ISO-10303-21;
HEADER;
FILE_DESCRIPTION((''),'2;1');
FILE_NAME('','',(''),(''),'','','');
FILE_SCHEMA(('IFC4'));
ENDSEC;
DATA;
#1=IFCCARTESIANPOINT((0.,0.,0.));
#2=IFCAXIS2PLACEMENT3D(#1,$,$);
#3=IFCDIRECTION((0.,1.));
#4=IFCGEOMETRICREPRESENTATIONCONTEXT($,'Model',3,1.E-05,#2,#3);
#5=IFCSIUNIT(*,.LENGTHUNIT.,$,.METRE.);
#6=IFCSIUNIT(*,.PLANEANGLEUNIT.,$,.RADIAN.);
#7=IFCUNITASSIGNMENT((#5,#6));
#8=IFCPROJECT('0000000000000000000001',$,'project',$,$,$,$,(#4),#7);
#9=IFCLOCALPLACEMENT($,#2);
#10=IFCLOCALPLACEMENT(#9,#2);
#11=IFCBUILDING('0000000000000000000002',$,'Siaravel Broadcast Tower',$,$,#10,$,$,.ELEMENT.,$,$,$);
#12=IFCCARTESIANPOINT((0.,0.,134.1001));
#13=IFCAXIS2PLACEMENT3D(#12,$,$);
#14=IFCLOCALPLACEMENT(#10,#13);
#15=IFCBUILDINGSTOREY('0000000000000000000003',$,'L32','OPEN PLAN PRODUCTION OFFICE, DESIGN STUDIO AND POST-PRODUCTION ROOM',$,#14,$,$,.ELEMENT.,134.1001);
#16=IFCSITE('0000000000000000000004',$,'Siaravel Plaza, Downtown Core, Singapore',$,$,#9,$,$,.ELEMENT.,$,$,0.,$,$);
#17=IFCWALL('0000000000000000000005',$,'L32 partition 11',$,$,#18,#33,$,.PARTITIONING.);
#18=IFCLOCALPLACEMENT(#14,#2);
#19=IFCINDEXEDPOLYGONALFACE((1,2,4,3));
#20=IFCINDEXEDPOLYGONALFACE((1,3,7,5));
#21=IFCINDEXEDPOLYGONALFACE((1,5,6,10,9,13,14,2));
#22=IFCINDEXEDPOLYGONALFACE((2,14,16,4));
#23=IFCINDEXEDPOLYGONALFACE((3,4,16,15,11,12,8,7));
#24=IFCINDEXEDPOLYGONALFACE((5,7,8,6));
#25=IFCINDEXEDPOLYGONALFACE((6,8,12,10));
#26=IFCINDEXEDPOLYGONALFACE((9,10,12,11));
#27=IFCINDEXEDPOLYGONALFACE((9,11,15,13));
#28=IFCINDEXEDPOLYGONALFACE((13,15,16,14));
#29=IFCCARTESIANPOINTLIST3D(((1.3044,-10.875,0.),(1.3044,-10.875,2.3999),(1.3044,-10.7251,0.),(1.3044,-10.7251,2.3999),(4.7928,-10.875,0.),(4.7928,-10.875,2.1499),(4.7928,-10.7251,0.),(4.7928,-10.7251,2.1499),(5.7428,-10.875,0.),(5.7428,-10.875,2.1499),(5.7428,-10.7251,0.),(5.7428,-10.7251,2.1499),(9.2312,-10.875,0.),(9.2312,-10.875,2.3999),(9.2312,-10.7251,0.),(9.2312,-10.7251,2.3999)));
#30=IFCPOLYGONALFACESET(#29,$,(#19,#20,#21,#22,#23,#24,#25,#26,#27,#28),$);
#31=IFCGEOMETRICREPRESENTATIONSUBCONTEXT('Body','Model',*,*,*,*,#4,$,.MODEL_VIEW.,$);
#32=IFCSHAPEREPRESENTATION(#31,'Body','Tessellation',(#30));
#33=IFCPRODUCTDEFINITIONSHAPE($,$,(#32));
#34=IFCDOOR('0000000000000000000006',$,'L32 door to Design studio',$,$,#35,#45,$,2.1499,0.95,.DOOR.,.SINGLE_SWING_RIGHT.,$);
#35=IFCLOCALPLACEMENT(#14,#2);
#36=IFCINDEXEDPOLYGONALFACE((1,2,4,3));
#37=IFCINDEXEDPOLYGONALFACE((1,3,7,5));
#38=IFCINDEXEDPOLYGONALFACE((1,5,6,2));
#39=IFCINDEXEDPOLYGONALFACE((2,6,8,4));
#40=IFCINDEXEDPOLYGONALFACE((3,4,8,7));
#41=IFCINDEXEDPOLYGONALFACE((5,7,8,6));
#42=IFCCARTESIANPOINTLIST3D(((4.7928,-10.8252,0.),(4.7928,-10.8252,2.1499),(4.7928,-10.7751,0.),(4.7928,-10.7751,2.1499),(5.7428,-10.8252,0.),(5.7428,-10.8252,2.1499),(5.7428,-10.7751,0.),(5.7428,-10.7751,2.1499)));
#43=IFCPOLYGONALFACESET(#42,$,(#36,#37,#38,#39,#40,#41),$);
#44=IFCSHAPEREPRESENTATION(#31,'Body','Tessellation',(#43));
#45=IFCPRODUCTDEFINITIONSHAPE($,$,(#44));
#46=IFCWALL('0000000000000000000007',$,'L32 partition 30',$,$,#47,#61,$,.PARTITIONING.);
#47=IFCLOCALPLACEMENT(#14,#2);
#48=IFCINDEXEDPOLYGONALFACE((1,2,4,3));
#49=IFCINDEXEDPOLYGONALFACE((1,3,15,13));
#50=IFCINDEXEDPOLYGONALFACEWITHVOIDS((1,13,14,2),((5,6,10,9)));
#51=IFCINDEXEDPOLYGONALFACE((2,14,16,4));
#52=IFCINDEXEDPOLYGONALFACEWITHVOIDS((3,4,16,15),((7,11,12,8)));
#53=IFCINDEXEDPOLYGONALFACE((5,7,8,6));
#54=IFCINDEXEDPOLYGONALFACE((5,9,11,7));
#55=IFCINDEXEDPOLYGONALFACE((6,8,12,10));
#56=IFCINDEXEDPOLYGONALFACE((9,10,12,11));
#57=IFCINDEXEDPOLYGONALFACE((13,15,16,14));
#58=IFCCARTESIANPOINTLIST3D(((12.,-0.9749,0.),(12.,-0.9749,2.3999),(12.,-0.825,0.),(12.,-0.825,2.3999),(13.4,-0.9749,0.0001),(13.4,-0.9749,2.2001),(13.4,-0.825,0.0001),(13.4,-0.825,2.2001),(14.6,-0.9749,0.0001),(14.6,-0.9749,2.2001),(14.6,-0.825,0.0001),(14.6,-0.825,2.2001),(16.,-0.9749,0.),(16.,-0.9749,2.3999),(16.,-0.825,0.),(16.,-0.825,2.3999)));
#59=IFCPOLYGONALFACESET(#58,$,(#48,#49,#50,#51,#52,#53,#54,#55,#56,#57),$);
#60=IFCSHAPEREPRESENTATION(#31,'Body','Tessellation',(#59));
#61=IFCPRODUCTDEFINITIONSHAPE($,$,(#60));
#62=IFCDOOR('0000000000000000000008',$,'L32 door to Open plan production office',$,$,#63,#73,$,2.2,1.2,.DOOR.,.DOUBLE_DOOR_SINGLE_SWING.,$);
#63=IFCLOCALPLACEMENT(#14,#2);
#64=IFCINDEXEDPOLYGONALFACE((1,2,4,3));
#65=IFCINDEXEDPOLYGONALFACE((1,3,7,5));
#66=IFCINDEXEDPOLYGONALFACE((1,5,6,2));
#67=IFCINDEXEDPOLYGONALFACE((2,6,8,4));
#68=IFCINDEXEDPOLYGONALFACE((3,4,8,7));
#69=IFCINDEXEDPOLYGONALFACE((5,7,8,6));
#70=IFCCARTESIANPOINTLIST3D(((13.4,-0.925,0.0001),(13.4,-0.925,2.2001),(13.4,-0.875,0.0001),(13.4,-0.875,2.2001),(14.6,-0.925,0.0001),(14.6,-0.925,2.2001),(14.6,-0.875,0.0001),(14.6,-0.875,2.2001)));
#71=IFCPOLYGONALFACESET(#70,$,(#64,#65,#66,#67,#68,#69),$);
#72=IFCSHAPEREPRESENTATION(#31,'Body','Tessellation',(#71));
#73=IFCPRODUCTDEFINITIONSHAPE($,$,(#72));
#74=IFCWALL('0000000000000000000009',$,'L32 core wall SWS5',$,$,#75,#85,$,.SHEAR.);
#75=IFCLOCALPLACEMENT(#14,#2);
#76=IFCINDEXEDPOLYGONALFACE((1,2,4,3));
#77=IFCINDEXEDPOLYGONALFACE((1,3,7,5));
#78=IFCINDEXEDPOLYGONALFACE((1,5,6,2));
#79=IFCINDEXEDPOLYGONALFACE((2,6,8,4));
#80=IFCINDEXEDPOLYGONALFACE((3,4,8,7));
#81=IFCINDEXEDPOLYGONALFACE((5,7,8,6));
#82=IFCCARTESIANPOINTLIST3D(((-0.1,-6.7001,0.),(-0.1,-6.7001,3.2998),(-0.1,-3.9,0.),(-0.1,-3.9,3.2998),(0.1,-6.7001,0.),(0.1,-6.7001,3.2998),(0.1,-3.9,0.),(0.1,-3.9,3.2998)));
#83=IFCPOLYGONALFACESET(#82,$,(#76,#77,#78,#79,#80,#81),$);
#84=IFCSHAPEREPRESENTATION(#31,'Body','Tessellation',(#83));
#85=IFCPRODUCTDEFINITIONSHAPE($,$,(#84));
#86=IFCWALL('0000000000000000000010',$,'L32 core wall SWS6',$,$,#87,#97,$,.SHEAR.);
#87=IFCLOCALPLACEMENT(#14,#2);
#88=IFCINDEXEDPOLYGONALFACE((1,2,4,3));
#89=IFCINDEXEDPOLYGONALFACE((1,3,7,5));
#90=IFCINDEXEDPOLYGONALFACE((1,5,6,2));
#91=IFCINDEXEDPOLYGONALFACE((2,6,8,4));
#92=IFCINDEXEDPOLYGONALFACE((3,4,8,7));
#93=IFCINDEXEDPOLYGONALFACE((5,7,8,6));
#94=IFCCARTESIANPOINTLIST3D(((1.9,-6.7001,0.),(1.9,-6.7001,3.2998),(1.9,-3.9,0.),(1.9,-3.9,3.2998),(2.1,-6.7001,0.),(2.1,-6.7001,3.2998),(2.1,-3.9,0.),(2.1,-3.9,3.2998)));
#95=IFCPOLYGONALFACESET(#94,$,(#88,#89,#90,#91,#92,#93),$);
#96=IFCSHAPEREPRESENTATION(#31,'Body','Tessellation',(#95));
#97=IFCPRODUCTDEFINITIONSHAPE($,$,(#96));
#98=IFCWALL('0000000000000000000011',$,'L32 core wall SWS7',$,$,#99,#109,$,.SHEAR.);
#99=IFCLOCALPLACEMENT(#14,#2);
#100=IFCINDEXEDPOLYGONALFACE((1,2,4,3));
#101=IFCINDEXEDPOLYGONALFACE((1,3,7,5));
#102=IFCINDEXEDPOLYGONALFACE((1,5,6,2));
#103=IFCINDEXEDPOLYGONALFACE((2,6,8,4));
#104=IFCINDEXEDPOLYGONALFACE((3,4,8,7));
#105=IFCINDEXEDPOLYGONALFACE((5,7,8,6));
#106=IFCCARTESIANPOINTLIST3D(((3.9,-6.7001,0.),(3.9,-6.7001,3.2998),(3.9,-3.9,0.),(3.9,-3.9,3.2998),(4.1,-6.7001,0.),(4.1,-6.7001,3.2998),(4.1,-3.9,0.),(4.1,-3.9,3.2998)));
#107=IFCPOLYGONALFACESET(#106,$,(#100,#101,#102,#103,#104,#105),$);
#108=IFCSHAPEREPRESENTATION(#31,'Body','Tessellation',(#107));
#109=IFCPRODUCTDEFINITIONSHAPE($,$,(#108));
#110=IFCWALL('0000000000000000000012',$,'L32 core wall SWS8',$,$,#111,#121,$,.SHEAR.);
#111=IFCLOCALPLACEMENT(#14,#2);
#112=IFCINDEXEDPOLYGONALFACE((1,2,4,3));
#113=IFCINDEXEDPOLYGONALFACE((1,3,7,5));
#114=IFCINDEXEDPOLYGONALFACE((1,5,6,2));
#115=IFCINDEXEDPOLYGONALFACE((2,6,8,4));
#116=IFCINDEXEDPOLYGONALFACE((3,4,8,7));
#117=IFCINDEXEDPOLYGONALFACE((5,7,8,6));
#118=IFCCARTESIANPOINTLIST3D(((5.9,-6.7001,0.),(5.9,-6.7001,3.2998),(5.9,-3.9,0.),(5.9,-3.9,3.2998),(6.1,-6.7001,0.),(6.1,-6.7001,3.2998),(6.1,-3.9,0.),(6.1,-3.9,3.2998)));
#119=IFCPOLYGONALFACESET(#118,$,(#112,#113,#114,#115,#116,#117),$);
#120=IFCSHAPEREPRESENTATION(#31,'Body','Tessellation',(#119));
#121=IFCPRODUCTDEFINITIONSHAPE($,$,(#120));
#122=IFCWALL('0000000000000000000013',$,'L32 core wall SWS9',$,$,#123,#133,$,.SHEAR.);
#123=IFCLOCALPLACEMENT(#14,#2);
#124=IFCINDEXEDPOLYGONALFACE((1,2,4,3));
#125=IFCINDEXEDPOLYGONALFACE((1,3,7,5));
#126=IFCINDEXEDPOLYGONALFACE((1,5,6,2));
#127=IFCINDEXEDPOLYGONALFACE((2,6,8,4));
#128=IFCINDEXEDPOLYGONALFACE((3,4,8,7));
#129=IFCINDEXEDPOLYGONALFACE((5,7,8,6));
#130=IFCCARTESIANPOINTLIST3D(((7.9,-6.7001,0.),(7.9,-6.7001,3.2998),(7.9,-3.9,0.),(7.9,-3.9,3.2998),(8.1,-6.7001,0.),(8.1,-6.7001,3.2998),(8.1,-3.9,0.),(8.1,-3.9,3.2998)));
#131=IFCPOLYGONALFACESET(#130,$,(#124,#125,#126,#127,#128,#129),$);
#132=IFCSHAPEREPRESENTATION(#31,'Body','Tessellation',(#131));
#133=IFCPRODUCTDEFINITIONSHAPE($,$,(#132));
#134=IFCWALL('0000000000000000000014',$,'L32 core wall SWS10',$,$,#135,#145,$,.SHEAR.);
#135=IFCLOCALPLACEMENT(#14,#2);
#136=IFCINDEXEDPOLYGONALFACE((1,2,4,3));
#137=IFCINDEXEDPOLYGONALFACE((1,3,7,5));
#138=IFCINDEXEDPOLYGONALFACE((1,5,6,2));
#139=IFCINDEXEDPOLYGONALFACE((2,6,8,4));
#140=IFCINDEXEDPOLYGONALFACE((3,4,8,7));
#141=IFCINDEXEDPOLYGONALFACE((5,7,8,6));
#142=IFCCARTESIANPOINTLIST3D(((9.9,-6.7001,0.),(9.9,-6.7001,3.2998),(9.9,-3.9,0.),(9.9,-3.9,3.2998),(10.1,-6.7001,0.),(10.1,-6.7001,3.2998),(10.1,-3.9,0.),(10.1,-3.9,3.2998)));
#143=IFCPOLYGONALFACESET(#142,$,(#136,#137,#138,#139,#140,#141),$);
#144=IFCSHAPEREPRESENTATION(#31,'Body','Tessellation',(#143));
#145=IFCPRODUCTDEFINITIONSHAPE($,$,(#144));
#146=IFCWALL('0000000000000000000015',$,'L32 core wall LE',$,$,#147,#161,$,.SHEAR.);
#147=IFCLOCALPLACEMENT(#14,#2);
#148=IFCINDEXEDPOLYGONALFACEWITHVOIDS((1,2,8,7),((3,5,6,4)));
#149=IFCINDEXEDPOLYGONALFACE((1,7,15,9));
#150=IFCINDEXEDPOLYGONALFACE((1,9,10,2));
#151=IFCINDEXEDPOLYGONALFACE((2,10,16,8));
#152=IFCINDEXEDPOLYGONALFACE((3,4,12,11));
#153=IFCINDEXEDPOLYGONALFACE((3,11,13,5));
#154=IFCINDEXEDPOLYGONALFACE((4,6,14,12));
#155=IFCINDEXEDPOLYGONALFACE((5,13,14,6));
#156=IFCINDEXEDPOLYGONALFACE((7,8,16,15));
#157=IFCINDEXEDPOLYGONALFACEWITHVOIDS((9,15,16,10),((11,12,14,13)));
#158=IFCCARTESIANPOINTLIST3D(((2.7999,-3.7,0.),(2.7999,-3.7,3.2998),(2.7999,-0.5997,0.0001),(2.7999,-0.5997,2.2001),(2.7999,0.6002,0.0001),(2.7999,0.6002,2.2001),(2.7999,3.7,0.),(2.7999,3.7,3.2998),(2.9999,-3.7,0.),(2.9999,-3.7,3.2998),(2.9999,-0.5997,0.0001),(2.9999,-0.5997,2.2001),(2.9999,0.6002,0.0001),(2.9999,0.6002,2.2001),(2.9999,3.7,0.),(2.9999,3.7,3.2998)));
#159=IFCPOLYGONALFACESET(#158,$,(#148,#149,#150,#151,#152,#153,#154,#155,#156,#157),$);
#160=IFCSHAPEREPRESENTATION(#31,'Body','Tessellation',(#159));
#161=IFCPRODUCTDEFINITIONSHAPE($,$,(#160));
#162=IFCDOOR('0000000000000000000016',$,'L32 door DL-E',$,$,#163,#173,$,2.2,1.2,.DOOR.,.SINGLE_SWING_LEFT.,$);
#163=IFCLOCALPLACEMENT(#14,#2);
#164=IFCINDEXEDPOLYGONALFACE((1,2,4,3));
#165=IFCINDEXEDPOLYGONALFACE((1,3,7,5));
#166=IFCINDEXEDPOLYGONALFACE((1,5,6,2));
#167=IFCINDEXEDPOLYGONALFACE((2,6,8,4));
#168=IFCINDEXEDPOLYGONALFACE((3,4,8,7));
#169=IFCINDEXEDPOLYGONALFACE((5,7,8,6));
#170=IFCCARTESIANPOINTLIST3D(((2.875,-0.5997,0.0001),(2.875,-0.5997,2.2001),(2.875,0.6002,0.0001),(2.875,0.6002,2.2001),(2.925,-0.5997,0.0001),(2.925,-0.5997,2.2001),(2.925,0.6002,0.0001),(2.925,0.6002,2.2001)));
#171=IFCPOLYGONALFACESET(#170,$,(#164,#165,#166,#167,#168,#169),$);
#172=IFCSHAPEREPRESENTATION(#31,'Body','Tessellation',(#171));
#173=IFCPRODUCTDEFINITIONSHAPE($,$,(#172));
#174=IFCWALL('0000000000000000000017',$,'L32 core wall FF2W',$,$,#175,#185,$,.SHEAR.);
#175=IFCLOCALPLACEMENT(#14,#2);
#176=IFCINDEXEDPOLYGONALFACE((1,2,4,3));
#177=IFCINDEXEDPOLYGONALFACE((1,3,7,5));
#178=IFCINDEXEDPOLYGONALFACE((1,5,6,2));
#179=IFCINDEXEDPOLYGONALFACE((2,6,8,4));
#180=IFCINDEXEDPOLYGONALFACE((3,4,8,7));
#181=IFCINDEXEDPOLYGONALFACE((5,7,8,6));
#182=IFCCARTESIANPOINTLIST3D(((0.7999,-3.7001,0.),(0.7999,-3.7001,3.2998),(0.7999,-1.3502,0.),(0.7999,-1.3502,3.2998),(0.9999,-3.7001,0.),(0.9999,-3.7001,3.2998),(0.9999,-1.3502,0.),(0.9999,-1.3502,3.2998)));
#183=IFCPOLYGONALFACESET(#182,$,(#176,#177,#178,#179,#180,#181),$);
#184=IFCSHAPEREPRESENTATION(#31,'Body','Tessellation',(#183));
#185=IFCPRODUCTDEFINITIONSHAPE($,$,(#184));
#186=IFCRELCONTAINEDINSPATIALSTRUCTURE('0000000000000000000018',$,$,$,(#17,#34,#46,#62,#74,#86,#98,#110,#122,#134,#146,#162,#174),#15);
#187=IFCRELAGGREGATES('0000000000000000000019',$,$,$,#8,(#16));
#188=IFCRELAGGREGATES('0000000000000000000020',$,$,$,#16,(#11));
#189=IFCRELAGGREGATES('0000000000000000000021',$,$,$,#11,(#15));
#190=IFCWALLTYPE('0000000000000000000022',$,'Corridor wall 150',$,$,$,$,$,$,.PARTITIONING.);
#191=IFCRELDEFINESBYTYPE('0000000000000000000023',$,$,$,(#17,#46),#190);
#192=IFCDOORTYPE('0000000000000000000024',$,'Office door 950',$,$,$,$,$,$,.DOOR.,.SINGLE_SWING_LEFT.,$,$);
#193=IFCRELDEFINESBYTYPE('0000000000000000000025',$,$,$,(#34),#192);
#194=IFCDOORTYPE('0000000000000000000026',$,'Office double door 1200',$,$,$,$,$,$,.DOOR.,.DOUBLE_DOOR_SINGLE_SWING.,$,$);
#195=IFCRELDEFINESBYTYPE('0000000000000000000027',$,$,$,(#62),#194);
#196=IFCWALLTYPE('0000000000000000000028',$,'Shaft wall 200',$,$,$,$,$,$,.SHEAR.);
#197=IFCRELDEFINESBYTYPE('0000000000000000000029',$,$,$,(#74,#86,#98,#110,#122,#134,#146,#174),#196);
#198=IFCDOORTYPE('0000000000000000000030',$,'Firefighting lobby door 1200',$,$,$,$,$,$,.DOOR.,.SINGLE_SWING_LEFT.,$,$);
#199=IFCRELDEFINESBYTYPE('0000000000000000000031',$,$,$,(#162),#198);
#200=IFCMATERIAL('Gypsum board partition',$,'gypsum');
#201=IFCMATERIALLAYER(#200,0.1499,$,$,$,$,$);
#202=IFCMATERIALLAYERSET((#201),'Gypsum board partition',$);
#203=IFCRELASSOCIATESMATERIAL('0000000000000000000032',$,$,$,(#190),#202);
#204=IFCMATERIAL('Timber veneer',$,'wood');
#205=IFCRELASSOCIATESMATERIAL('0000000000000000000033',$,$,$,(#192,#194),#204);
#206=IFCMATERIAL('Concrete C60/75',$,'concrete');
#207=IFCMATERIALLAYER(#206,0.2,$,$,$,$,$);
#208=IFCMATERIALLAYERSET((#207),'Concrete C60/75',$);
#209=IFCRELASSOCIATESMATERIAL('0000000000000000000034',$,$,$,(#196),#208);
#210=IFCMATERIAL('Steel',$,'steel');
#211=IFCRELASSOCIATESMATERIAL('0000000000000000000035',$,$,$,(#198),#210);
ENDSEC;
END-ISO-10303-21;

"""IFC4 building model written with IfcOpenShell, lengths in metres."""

from ifc_helpers import new_model, si_unit, direction, frame, frame_2d, origin, place, context, subcontext, project, spatial, rectangle, extrude, material, layer, layer_set, type_object, element, fill, save


model = new_model("IFC4")

# Units and contexts
model_context = context("Model", 3, precision=1e-05, world=origin(), true_north=direction((0.0, 1.0)))
body_context = subcontext(model_context, "Body", "Model", "MODEL_VIEW")
ifc_project = project(units=[si_unit("LENGTHUNIT", "METRE"), si_unit("PLANEANGLEUNIT", "RADIAN")], contexts=[model_context])

# Site, building, storey
site_placement = place(None, origin())
site = spatial("IfcSite", under=ifc_project, at=site_placement, Name="Siaravel Plaza, Downtown Core, Singapore", CompositionType="ELEMENT", RefElevation=0.0)
building_placement = place(site_placement, origin())
building = spatial("IfcBuilding", under=site, at=building_placement, Name="Siaravel Broadcast Tower", CompositionType="ELEMENT")
storey_placement = place(building_placement, frame((0.0, 0.0, 134.1001)))
storey = spatial("IfcBuildingStorey", under=building, at=storey_placement, Name="L32", Description="OPEN PLAN PRODUCTION OFFICE, DESIGN STUDIO AND POST-PRODUCTION ROOM", CompositionType="ELEMENT", Elevation=134.1001)

# Shared definitions
ifc_material_1 = material(Name="Concrete C60/75", Category="concrete")
ifc_material_2 = material(Name="Steel", Category="steel")

# Shared definitions
ifc_material_3 = material(Name="Gypsum board partition", Category="gypsum")
ifc_layer_1 = layer(ifc_material_3, 0.1499)
ifc_layer_set_1 = layer_set([ifc_layer_1], Name="Gypsum board partition")
wall_type_1 = type_object("IfcWallType", Name="Corridor wall 150", PredefinedType="PARTITIONING", material=ifc_layer_set_1)
ifc_material_4 = material(Name="Timber veneer", Category="wood")

# Walls, openings, doors
wall_1_placement = place(storey_placement, frame((1.3044, -10.8, 0.0), z_axis=(0.0, 0.0, 1.0), x_axis=(1.0, 0.0, 0.0)))
wall_1 = element("IfcWall", 1, at=wall_1_placement, inside=storey, type_object=wall_type_1, Name="L32 partition 11", PredefinedType="PARTITIONING", context=body_context, shape_type="SweptSolid", body=[
    extrude(rectangle(XDim=7.9268, YDim=0.1499, at=frame_2d((3.9634, 0.0))), origin(), (0.0, 0.0, 1.0), 2.3999),
])
opening_1_placement = place(wall_1_placement, frame((3.4883, 0.0, 0.0)))
opening_1 = element("IfcOpeningElement", 2, at=opening_1_placement, cuts=wall_1, PredefinedType="OPENING", context=body_context, shape_type="SweptSolid", body=[
    extrude(rectangle(XDim=0.95, YDim=2.1499, at=frame_2d((0.4751, 1.075))), frame((0.0, 0.085, 0.0), z_axis=(0.0, -1.0, 0.0), x_axis=(1.0, 0.0, 0.0)), (0.0, 0.0, 1.0), 0.1699),
])
door_type_1 = type_object("IfcDoorType", Name="Office door 950", OperationType="SINGLE_SWING_LEFT", PredefinedType="DOOR", material=ifc_material_4)
door_1_placement = place(opening_1_placement, origin())
door_1 = element("IfcDoor", 3, at=door_1_placement, inside=storey, type_object=door_type_1, Name="L32 door to Design studio", OperationType="SINGLE_SWING_RIGHT", OverallHeight=2.1499, OverallWidth=0.95, PredefinedType="DOOR", context=body_context, shape_type="SweptSolid", body=[
    extrude(rectangle(XDim=0.95, YDim=2.1499, at=frame_2d((0.4751, 1.075))), frame((0.0, 0.0249, 0.0), z_axis=(0.0, -1.0, 0.0), x_axis=(1.0, 0.0, 0.0)), (0.0, 0.0, 1.0), 0.05),
])
fill(opening_1, door_1)
wall_2_placement = place(storey_placement, frame((12.0, -0.8999, 0.0), z_axis=(0.0, 0.0, 1.0), x_axis=(1.0, 0.0, 0.0)))
wall_2 = element("IfcWall", 4, at=wall_2_placement, inside=storey, type_object=wall_type_1, Name="L32 partition 30", PredefinedType="PARTITIONING", context=body_context, shape_type="SweptSolid", body=[
    extrude(rectangle(XDim=4.0, YDim=0.1499, at=frame_2d((2.0, 0.0))), origin(), (0.0, 0.0, 1.0), 2.3999),
])
opening_2_placement = place(wall_2_placement, frame((1.3999, 0.0, 0.0)))
opening_2 = element("IfcOpeningElement", 5, at=opening_2_placement, cuts=wall_2, PredefinedType="OPENING", context=body_context, shape_type="SweptSolid", body=[
    extrude(rectangle(XDim=1.2, YDim=2.2, at=frame_2d((0.6001, 1.1001))), frame((0.0, 0.085, 0.0), z_axis=(0.0, -1.0, 0.0), x_axis=(1.0, 0.0, 0.0)), (0.0, 0.0, 1.0), 0.1699),
])
door_type_2 = type_object("IfcDoorType", Name="Office double door 1200", OperationType="DOUBLE_DOOR_SINGLE_SWING", PredefinedType="DOOR", material=ifc_material_4)
door_2_placement = place(opening_2_placement, origin())
door_2 = element("IfcDoor", 6, at=door_2_placement, inside=storey, type_object=door_type_2, Name="L32 door to Open plan production office", OperationType="DOUBLE_DOOR_SINGLE_SWING", OverallHeight=2.2, OverallWidth=1.2, PredefinedType="DOOR", context=body_context, shape_type="SweptSolid", body=[
    extrude(rectangle(XDim=1.2, YDim=2.2, at=frame_2d((0.6001, 1.1001))), frame((0.0, 0.0249, 0.0), z_axis=(0.0, -1.0, 0.0), x_axis=(1.0, 0.0, 0.0)), (0.0, 0.0, 1.0), 0.05),
])
fill(opening_2, door_2)

# Walls
ifc_layer_2 = layer(ifc_material_1, 0.2)
ifc_layer_set_2 = layer_set([ifc_layer_2], Name="Concrete C60/75")
wall_type_2 = type_object("IfcWallType", Name="Shaft wall 200", PredefinedType="SHEAR", material=ifc_layer_set_2)
for number, where, z_axis, x_axis, name in (
    (7, (0.0, -6.7, 0.0), (0.0, 0.0, 1.0), (0.0, 1.0, 0.0), "L32 core wall SWS5"),
    (8, (2.0, -6.7, 0.0), (0.0, 0.0, 1.0), (0.0, 1.0, 0.0), "L32 core wall SWS6"),
    (9, (4.0, -6.7, 0.0), (0.0, 0.0, 1.0), (0.0, 1.0, 0.0), "L32 core wall SWS7"),
    (10, (6.0, -6.7, 0.0), (0.0, 0.0, 1.0), (0.0, 1.0, 0.0), "L32 core wall SWS8"),
    (11, (8.0, -6.7, 0.0), (0.0, 0.0, 1.0), (0.0, 1.0, 0.0), "L32 core wall SWS9"),
    (12, (10.0, -6.7, 0.0), (0.0, 0.0, 1.0), (0.0, 1.0, 0.0), "L32 core wall SWS10"),
):
    element("IfcWall", number, at=place(storey_placement, frame(where, z_axis=z_axis, x_axis=x_axis)), inside=storey, type_object=wall_type_2, Name=name, PredefinedType="SHEAR", context=body_context, shape_type="SweptSolid", body=[
        extrude(rectangle(XDim=2.8, YDim=0.2, at=frame_2d((1.3999, 0.0))), origin(), (0.0, 0.0, 1.0), 3.2998),
    ])

# Wall, opening, door
wall_3_placement = place(storey_placement, frame((2.8999, -3.7, 0.0), z_axis=(0.0, 0.0, 1.0), x_axis=(0.0, 1.0, 0.0)))
wall_3 = element("IfcWall", 13, at=wall_3_placement, inside=storey, type_object=wall_type_2, Name="L32 core wall LE", PredefinedType="SHEAR", context=body_context, shape_type="SweptSolid", body=[
    extrude(rectangle(XDim=7.3999, YDim=0.2, at=frame_2d((3.7, 0.0))), origin(), (0.0, 0.0, 1.0), 3.2998),
])
opening_3_placement = place(wall_3_placement, frame((3.1001, 0.0, 0.0)))
opening_3 = element("IfcOpeningElement", 14, at=opening_3_placement, cuts=wall_3, PredefinedType="OPENING", context=body_context, shape_type="SweptSolid", body=[
    extrude(rectangle(XDim=1.2, YDim=2.2, at=frame_2d((0.6001, 1.1001))), frame((0.0, 0.1099, 0.0), z_axis=(0.0, -1.0, 0.0), x_axis=(1.0, 0.0, 0.0)), (0.0, 0.0, 1.0), 0.22),
])
door_type_3 = type_object("IfcDoorType", Name="Firefighting lobby door 1200", OperationType="SINGLE_SWING_LEFT", PredefinedType="DOOR", material=ifc_material_2)
door_3_placement = place(opening_3_placement, origin())
door_3 = element("IfcDoor", 15, at=door_3_placement, inside=storey, type_object=door_type_3, Name="L32 door DL-E", OperationType="SINGLE_SWING_LEFT", OverallHeight=2.2, OverallWidth=1.2, PredefinedType="DOOR", context=body_context, shape_type="SweptSolid", body=[
    extrude(rectangle(XDim=1.2, YDim=2.2, at=frame_2d((0.6001, 1.1001))), frame((0.0, 0.0249, 0.0), z_axis=(0.0, -1.0, 0.0), x_axis=(1.0, 0.0, 0.0)), (0.0, 0.0, 1.0), 0.05),
])
fill(opening_3, door_3)

# Wall
wall_4_placement = place(storey_placement, frame((0.8999, -3.7, 0.0), z_axis=(0.0, 0.0, 1.0), x_axis=(0.0, 1.0, 0.0)))
element("IfcWall", 16, at=wall_4_placement, inside=storey, type_object=wall_type_2, Name="L32 core wall FF2W", PredefinedType="SHEAR", context=body_context, shape_type="SweptSolid", body=[
    extrude(rectangle(XDim=2.3499, YDim=0.2, at=frame_2d((1.1748, 0.0))), origin(), (0.0, 0.0, 1.0), 3.2998),
])

save(model, "model.ifc")
